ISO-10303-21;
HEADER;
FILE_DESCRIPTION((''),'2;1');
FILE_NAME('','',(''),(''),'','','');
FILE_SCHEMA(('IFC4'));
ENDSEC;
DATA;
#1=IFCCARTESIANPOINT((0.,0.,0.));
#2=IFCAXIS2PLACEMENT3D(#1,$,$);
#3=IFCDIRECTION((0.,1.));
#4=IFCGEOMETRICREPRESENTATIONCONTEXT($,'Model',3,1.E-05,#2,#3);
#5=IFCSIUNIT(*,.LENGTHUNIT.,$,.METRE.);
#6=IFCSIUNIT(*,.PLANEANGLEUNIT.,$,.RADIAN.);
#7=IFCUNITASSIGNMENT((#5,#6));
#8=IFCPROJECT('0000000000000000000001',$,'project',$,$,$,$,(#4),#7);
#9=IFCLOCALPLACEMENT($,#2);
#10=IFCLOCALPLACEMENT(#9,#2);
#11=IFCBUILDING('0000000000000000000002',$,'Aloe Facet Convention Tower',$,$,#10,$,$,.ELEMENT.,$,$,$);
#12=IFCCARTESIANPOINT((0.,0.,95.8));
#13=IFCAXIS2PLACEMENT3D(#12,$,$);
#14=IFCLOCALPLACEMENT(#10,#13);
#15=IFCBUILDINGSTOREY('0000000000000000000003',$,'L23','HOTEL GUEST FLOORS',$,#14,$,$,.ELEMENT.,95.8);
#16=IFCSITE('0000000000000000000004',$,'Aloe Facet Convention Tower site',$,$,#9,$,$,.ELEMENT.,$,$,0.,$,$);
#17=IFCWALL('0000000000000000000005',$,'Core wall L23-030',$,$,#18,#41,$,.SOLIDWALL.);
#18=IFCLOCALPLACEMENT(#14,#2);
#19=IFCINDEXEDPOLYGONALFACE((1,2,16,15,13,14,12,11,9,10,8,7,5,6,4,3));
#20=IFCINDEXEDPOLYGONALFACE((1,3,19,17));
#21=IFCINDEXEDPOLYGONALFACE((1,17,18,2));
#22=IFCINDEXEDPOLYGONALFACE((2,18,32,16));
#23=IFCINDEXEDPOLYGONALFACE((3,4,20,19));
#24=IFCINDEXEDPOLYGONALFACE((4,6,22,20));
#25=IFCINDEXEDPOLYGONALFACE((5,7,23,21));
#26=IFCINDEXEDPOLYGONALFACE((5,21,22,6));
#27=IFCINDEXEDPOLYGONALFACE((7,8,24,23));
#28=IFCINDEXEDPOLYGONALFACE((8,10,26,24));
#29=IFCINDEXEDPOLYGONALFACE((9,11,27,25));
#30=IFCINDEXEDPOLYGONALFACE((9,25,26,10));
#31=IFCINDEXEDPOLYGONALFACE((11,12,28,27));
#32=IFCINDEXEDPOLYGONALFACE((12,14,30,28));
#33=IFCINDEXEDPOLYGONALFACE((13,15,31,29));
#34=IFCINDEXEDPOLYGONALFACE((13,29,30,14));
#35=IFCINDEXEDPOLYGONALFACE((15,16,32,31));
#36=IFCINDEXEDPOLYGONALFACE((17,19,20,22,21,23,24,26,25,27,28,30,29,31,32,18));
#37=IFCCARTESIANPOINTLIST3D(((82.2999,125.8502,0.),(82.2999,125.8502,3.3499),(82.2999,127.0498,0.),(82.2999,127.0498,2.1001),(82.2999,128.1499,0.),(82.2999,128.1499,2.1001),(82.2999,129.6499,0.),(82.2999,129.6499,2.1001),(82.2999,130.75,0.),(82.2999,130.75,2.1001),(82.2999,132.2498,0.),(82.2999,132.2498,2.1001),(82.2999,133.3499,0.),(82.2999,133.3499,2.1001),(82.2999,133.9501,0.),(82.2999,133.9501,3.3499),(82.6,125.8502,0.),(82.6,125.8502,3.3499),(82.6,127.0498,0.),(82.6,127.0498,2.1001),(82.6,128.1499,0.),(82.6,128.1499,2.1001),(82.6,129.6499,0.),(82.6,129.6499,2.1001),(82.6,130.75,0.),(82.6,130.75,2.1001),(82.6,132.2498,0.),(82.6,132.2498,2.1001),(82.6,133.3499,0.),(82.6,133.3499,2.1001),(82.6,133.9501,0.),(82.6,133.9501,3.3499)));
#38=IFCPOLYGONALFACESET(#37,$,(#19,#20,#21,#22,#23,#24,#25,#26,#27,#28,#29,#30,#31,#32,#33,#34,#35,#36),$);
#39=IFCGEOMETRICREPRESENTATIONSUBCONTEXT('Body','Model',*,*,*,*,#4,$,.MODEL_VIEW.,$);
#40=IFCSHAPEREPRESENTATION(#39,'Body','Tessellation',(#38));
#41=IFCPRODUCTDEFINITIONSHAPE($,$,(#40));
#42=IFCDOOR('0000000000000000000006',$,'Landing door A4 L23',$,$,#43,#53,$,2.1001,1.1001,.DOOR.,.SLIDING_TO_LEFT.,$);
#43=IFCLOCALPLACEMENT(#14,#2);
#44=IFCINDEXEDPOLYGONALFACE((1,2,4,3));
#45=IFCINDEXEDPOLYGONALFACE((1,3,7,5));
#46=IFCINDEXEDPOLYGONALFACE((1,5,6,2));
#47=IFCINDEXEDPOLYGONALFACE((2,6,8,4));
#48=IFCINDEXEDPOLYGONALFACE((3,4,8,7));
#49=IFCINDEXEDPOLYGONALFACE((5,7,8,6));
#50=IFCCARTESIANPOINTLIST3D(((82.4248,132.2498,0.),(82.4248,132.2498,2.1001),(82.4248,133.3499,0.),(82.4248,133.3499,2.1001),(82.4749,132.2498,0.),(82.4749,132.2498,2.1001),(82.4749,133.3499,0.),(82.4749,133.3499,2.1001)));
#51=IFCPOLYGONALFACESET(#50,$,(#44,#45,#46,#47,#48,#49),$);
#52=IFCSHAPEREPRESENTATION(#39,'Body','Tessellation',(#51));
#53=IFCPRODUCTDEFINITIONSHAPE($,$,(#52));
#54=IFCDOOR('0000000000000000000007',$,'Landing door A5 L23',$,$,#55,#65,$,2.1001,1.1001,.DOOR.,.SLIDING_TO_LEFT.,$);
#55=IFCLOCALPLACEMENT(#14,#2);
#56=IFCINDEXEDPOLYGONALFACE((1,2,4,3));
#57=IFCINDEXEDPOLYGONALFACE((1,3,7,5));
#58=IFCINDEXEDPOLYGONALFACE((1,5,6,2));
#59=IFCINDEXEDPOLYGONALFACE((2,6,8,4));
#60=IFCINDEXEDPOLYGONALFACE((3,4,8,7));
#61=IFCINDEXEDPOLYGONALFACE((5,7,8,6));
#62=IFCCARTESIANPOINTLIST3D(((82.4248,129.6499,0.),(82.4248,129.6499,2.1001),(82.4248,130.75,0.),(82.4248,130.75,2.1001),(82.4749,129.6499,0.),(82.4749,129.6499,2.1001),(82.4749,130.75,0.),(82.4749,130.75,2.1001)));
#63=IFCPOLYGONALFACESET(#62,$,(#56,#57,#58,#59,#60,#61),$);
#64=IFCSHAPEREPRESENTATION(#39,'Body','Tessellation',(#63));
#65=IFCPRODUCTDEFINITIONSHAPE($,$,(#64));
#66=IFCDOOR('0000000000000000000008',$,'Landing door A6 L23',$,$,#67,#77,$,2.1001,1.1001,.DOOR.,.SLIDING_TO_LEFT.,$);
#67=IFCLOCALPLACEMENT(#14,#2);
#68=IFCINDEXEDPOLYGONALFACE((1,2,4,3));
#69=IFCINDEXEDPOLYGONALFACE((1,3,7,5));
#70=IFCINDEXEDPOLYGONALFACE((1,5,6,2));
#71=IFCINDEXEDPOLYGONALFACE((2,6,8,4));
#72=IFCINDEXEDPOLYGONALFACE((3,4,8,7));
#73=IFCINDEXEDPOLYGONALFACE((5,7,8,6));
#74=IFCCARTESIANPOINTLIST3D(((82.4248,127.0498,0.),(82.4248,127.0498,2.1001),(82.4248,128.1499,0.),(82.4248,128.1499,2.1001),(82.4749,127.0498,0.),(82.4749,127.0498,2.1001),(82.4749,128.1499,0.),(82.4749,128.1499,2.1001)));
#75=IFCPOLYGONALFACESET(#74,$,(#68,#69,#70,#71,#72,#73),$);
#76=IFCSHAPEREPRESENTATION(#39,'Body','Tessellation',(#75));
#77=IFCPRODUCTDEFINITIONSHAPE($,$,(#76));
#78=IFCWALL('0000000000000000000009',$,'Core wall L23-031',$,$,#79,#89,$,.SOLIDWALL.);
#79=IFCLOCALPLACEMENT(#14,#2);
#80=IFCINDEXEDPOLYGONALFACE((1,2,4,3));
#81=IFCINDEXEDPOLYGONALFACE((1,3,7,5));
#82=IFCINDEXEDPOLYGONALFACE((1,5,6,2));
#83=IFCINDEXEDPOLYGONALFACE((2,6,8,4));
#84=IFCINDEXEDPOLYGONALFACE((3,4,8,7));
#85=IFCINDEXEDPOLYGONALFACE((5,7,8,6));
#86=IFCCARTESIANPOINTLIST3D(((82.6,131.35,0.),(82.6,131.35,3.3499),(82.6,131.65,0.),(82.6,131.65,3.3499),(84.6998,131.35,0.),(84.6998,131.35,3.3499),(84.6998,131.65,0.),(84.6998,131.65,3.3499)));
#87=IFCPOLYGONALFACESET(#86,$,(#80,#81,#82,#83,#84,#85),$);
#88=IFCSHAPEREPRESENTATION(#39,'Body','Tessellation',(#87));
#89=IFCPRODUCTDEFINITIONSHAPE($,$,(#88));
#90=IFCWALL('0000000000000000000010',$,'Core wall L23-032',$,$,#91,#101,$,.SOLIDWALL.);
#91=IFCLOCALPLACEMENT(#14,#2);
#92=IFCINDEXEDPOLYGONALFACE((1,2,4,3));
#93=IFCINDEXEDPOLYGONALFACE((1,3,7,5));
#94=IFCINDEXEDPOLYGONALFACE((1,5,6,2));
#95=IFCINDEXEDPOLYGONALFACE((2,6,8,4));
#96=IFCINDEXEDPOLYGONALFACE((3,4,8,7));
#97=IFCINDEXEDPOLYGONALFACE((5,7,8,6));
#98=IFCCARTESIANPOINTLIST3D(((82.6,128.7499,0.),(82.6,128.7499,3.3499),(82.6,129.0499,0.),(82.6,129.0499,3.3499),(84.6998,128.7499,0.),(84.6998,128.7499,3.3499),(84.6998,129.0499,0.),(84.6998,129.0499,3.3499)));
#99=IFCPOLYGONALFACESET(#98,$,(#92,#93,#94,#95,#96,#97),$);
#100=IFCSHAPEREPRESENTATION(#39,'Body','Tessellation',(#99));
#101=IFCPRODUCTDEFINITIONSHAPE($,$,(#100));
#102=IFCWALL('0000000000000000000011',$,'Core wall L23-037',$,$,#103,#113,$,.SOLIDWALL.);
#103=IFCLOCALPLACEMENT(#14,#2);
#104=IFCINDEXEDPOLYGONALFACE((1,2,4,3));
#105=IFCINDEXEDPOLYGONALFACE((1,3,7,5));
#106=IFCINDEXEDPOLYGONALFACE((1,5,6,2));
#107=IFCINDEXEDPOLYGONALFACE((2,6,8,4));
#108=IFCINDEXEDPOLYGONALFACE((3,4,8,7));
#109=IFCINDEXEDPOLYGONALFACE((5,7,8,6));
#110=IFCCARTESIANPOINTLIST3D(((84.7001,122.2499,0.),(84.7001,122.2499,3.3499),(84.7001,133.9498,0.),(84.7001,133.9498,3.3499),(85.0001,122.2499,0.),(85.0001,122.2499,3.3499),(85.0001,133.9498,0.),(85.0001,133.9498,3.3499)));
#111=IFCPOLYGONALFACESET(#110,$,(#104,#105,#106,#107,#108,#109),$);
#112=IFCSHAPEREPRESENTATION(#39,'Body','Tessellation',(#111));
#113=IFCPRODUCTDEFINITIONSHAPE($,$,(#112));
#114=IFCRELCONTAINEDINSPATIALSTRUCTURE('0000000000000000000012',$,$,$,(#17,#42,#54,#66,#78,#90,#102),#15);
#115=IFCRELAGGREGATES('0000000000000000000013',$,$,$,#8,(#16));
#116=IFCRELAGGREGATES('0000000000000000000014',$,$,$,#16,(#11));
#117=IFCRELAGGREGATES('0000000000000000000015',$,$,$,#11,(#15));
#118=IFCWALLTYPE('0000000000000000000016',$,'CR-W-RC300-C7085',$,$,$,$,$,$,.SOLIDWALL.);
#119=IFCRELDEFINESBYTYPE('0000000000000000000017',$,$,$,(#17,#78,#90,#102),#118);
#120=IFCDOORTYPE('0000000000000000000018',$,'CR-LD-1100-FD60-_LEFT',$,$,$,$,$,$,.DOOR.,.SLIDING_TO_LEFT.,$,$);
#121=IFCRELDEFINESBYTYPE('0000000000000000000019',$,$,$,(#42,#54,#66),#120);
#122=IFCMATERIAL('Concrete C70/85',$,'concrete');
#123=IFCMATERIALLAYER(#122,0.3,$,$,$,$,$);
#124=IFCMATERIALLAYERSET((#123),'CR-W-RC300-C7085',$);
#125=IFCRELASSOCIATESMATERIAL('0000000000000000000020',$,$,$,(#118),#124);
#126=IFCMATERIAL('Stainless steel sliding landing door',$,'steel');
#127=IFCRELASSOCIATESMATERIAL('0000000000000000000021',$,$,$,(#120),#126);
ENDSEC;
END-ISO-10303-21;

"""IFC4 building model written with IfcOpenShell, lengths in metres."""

from ifc_helpers import new_model, si_unit, direction, frame, frame_2d, origin, place, context, subcontext, project, spatial, rectangle, extrude, material, layer, layer_set, type_object, element, fill, save


model = new_model("IFC4")

# Units and contexts
model_context = context("Model", 3, precision=1e-05, world=origin(), true_north=direction((0.0, 1.0)))
body_context = subcontext(model_context, "Body", "Model", "MODEL_VIEW")
ifc_project = project(units=[si_unit("LENGTHUNIT", "METRE"), si_unit("PLANEANGLEUNIT", "RADIAN")], contexts=[model_context])

# Site, building, storey
site_placement = place(None, origin())
site = spatial("IfcSite", under=ifc_project, at=site_placement, Name="Aloe Facet Convention Tower site", CompositionType="ELEMENT", RefElevation=0.0)
building_placement = place(site_placement, origin())
building = spatial("IfcBuilding", under=site, at=building_placement, Name="Aloe Facet Convention Tower", CompositionType="ELEMENT")
storey_placement = place(building_placement, frame((0.0, 0.0, 95.8)))
storey = spatial("IfcBuildingStorey", under=building, at=storey_placement, Name="L23", Description="HOTEL GUEST FLOORS", CompositionType="ELEMENT", Elevation=95.8)

# Shared definitions
ifc_material_1 = material(Name="Concrete C70/85", Category="concrete")
ifc_layer_1 = layer(ifc_material_1, 0.3)
ifc_layer_set_1 = layer_set([ifc_layer_1], Name="CR-W-RC300-C7085")
wall_type_1 = type_object("IfcWallType", Name="CR-W-RC300-C7085", PredefinedType="SOLIDWALL", material=ifc_layer_set_1)

# Wall, openings, doors
wall_1_placement = place(storey_placement, frame((82.45, 133.95, 0.0), z_axis=(0.0, 0.0, 1.0), x_axis=(0.0, -1.0, 0.0)))
wall_1 = element("IfcWall", 1, at=wall_1_placement, inside=storey, type_object=wall_type_1, Name="Core wall L23-030", PredefinedType="SOLIDWALL", context=body_context, shape_type="SweptSolid", body=[
    extrude(rectangle(XDim=8.0999, YDim=0.3, at=frame_2d((4.0498, 0.0))), origin(), (0.0, 0.0, 1.0), 3.3499),
])
opening_1_placement = place(wall_1_placement, frame((0.6001, 0.0, 0.0)))
opening_1 = element("IfcOpeningElement", 2, at=opening_1_placement, cuts=wall_1, PredefinedType="OPENING", context=body_context, shape_type="SweptSolid", body=[
    extrude(rectangle(XDim=1.1001, YDim=2.1001, at=frame_2d((0.55, 1.05))), frame((0.0, 0.1602, 0.0), z_axis=(0.0, -1.0, 0.0), x_axis=(1.0, 0.0, 0.0)), (0.0, 0.0, 1.0), 0.3201),
])
opening_2_placement = place(wall_1_placement, frame((3.2, 0.0, 0.0)))
opening_2 = element("IfcOpeningElement", 3, at=opening_2_placement, cuts=wall_1, PredefinedType="OPENING", context=body_context, shape_type="SweptSolid", body=[
    extrude(rectangle(XDim=1.1001, YDim=2.1001, at=frame_2d((0.55, 1.05))), frame((0.0, 0.1602, 0.0), z_axis=(0.0, -1.0, 0.0), x_axis=(1.0, 0.0, 0.0)), (0.0, 0.0, 1.0), 0.3201),
])
opening_3_placement = place(wall_1_placement, frame((5.8, 0.0, 0.0)))
opening_3 = element("IfcOpeningElement", 4, at=opening_3_placement, cuts=wall_1, PredefinedType="OPENING", context=body_context, shape_type="SweptSolid", body=[
    extrude(rectangle(XDim=1.1001, YDim=2.1001, at=frame_2d((0.55, 1.05))), frame((0.0, 0.1602, 0.0), z_axis=(0.0, -1.0, 0.0), x_axis=(1.0, 0.0, 0.0)), (0.0, 0.0, 1.0), 0.3201),
])
ifc_material_2 = material(Name="Stainless steel sliding landing door", Category="steel")
door_type_1 = type_object("IfcDoorType", Name="CR-LD-1100-FD60-_LEFT", OperationType="SLIDING_TO_LEFT", PredefinedType="DOOR", material=ifc_material_2)
door_1_placement = place(opening_1_placement, origin())
door_1 = element("IfcDoor", 5, at=door_1_placement, inside=storey, type_object=door_type_1, Name="Landing door A4 L23", OperationType="SLIDING_TO_LEFT", OverallHeight=2.1001, OverallWidth=1.1001, PredefinedType="DOOR", context=body_context, shape_type="SweptSolid", body=[
    extrude(rectangle(XDim=1.1001, YDim=2.1001, at=frame_2d((0.55, 1.05))), frame((0.0, 0.0249, 0.0), z_axis=(0.0, -1.0, 0.0), x_axis=(1.0, 0.0, 0.0)), (0.0, 0.0, 1.0), 0.05),
])
fill(opening_1, door_1)
door_2_placement = place(opening_2_placement, origin())
door_2 = element("IfcDoor", 6, at=door_2_placement, inside=storey, type_object=door_type_1, Name="Landing door A5 L23", OperationType="SLIDING_TO_LEFT", OverallHeight=2.1001, OverallWidth=1.1001, PredefinedType="DOOR", context=body_context, shape_type="SweptSolid", body=[
    extrude(rectangle(XDim=1.1001, YDim=2.1001, at=frame_2d((0.55, 1.05))), frame((0.0, 0.0249, 0.0), z_axis=(0.0, -1.0, 0.0), x_axis=(1.0, 0.0, 0.0)), (0.0, 0.0, 1.0), 0.05),
])
fill(opening_2, door_2)
door_3_placement = place(opening_3_placement, origin())
door_3 = element("IfcDoor", 7, at=door_3_placement, inside=storey, type_object=door_type_1, Name="Landing door A6 L23", OperationType="SLIDING_TO_LEFT", OverallHeight=2.1001, OverallWidth=1.1001, PredefinedType="DOOR", context=body_context, shape_type="SweptSolid", body=[
    extrude(rectangle(XDim=1.1001, YDim=2.1001, at=frame_2d((0.55, 1.05))), frame((0.0, 0.0249, 0.0), z_axis=(0.0, -1.0, 0.0), x_axis=(1.0, 0.0, 0.0)), (0.0, 0.0, 1.0), 0.05),
])
fill(opening_3, door_3)

# Walls
for number, where, z_axis, x_axis, name in (
    (8, (82.6001, 131.5, 0.0), (0.0, 0.0, 1.0), (1.0, 0.0, 0.0), "Core wall L23-031"),
    (9, (82.6001, 128.8999, 0.0), (0.0, 0.0, 1.0), (1.0, 0.0, 0.0), "Core wall L23-032"),
):
    element("IfcWall", number, at=place(storey_placement, frame(where, z_axis=z_axis, x_axis=x_axis)), inside=storey, type_object=wall_type_1, Name=name, PredefinedType="SOLIDWALL", context=body_context, shape_type="SweptSolid", body=[
        extrude(rectangle(XDim=2.0999, YDim=0.3, at=frame_2d((1.0498, 0.0))), origin(), (0.0, 0.0, 1.0), 3.3499),
    ])
wall_2_placement = place(storey_placement, frame((84.8501, 133.95, 0.0), z_axis=(0.0, 0.0, 1.0), x_axis=(0.0, -1.0, 0.0)))
element("IfcWall", 10, at=wall_2_placement, inside=storey, type_object=wall_type_1, Name="Core wall L23-037", PredefinedType="SOLIDWALL", context=body_context, shape_type="SweptSolid", body=[
    extrude(rectangle(XDim=11.7, YDim=0.3, at=frame_2d((5.8501, 0.0))), origin(), (0.0, 0.0, 1.0), 3.3499),
])

save(model, "model.ifc")
